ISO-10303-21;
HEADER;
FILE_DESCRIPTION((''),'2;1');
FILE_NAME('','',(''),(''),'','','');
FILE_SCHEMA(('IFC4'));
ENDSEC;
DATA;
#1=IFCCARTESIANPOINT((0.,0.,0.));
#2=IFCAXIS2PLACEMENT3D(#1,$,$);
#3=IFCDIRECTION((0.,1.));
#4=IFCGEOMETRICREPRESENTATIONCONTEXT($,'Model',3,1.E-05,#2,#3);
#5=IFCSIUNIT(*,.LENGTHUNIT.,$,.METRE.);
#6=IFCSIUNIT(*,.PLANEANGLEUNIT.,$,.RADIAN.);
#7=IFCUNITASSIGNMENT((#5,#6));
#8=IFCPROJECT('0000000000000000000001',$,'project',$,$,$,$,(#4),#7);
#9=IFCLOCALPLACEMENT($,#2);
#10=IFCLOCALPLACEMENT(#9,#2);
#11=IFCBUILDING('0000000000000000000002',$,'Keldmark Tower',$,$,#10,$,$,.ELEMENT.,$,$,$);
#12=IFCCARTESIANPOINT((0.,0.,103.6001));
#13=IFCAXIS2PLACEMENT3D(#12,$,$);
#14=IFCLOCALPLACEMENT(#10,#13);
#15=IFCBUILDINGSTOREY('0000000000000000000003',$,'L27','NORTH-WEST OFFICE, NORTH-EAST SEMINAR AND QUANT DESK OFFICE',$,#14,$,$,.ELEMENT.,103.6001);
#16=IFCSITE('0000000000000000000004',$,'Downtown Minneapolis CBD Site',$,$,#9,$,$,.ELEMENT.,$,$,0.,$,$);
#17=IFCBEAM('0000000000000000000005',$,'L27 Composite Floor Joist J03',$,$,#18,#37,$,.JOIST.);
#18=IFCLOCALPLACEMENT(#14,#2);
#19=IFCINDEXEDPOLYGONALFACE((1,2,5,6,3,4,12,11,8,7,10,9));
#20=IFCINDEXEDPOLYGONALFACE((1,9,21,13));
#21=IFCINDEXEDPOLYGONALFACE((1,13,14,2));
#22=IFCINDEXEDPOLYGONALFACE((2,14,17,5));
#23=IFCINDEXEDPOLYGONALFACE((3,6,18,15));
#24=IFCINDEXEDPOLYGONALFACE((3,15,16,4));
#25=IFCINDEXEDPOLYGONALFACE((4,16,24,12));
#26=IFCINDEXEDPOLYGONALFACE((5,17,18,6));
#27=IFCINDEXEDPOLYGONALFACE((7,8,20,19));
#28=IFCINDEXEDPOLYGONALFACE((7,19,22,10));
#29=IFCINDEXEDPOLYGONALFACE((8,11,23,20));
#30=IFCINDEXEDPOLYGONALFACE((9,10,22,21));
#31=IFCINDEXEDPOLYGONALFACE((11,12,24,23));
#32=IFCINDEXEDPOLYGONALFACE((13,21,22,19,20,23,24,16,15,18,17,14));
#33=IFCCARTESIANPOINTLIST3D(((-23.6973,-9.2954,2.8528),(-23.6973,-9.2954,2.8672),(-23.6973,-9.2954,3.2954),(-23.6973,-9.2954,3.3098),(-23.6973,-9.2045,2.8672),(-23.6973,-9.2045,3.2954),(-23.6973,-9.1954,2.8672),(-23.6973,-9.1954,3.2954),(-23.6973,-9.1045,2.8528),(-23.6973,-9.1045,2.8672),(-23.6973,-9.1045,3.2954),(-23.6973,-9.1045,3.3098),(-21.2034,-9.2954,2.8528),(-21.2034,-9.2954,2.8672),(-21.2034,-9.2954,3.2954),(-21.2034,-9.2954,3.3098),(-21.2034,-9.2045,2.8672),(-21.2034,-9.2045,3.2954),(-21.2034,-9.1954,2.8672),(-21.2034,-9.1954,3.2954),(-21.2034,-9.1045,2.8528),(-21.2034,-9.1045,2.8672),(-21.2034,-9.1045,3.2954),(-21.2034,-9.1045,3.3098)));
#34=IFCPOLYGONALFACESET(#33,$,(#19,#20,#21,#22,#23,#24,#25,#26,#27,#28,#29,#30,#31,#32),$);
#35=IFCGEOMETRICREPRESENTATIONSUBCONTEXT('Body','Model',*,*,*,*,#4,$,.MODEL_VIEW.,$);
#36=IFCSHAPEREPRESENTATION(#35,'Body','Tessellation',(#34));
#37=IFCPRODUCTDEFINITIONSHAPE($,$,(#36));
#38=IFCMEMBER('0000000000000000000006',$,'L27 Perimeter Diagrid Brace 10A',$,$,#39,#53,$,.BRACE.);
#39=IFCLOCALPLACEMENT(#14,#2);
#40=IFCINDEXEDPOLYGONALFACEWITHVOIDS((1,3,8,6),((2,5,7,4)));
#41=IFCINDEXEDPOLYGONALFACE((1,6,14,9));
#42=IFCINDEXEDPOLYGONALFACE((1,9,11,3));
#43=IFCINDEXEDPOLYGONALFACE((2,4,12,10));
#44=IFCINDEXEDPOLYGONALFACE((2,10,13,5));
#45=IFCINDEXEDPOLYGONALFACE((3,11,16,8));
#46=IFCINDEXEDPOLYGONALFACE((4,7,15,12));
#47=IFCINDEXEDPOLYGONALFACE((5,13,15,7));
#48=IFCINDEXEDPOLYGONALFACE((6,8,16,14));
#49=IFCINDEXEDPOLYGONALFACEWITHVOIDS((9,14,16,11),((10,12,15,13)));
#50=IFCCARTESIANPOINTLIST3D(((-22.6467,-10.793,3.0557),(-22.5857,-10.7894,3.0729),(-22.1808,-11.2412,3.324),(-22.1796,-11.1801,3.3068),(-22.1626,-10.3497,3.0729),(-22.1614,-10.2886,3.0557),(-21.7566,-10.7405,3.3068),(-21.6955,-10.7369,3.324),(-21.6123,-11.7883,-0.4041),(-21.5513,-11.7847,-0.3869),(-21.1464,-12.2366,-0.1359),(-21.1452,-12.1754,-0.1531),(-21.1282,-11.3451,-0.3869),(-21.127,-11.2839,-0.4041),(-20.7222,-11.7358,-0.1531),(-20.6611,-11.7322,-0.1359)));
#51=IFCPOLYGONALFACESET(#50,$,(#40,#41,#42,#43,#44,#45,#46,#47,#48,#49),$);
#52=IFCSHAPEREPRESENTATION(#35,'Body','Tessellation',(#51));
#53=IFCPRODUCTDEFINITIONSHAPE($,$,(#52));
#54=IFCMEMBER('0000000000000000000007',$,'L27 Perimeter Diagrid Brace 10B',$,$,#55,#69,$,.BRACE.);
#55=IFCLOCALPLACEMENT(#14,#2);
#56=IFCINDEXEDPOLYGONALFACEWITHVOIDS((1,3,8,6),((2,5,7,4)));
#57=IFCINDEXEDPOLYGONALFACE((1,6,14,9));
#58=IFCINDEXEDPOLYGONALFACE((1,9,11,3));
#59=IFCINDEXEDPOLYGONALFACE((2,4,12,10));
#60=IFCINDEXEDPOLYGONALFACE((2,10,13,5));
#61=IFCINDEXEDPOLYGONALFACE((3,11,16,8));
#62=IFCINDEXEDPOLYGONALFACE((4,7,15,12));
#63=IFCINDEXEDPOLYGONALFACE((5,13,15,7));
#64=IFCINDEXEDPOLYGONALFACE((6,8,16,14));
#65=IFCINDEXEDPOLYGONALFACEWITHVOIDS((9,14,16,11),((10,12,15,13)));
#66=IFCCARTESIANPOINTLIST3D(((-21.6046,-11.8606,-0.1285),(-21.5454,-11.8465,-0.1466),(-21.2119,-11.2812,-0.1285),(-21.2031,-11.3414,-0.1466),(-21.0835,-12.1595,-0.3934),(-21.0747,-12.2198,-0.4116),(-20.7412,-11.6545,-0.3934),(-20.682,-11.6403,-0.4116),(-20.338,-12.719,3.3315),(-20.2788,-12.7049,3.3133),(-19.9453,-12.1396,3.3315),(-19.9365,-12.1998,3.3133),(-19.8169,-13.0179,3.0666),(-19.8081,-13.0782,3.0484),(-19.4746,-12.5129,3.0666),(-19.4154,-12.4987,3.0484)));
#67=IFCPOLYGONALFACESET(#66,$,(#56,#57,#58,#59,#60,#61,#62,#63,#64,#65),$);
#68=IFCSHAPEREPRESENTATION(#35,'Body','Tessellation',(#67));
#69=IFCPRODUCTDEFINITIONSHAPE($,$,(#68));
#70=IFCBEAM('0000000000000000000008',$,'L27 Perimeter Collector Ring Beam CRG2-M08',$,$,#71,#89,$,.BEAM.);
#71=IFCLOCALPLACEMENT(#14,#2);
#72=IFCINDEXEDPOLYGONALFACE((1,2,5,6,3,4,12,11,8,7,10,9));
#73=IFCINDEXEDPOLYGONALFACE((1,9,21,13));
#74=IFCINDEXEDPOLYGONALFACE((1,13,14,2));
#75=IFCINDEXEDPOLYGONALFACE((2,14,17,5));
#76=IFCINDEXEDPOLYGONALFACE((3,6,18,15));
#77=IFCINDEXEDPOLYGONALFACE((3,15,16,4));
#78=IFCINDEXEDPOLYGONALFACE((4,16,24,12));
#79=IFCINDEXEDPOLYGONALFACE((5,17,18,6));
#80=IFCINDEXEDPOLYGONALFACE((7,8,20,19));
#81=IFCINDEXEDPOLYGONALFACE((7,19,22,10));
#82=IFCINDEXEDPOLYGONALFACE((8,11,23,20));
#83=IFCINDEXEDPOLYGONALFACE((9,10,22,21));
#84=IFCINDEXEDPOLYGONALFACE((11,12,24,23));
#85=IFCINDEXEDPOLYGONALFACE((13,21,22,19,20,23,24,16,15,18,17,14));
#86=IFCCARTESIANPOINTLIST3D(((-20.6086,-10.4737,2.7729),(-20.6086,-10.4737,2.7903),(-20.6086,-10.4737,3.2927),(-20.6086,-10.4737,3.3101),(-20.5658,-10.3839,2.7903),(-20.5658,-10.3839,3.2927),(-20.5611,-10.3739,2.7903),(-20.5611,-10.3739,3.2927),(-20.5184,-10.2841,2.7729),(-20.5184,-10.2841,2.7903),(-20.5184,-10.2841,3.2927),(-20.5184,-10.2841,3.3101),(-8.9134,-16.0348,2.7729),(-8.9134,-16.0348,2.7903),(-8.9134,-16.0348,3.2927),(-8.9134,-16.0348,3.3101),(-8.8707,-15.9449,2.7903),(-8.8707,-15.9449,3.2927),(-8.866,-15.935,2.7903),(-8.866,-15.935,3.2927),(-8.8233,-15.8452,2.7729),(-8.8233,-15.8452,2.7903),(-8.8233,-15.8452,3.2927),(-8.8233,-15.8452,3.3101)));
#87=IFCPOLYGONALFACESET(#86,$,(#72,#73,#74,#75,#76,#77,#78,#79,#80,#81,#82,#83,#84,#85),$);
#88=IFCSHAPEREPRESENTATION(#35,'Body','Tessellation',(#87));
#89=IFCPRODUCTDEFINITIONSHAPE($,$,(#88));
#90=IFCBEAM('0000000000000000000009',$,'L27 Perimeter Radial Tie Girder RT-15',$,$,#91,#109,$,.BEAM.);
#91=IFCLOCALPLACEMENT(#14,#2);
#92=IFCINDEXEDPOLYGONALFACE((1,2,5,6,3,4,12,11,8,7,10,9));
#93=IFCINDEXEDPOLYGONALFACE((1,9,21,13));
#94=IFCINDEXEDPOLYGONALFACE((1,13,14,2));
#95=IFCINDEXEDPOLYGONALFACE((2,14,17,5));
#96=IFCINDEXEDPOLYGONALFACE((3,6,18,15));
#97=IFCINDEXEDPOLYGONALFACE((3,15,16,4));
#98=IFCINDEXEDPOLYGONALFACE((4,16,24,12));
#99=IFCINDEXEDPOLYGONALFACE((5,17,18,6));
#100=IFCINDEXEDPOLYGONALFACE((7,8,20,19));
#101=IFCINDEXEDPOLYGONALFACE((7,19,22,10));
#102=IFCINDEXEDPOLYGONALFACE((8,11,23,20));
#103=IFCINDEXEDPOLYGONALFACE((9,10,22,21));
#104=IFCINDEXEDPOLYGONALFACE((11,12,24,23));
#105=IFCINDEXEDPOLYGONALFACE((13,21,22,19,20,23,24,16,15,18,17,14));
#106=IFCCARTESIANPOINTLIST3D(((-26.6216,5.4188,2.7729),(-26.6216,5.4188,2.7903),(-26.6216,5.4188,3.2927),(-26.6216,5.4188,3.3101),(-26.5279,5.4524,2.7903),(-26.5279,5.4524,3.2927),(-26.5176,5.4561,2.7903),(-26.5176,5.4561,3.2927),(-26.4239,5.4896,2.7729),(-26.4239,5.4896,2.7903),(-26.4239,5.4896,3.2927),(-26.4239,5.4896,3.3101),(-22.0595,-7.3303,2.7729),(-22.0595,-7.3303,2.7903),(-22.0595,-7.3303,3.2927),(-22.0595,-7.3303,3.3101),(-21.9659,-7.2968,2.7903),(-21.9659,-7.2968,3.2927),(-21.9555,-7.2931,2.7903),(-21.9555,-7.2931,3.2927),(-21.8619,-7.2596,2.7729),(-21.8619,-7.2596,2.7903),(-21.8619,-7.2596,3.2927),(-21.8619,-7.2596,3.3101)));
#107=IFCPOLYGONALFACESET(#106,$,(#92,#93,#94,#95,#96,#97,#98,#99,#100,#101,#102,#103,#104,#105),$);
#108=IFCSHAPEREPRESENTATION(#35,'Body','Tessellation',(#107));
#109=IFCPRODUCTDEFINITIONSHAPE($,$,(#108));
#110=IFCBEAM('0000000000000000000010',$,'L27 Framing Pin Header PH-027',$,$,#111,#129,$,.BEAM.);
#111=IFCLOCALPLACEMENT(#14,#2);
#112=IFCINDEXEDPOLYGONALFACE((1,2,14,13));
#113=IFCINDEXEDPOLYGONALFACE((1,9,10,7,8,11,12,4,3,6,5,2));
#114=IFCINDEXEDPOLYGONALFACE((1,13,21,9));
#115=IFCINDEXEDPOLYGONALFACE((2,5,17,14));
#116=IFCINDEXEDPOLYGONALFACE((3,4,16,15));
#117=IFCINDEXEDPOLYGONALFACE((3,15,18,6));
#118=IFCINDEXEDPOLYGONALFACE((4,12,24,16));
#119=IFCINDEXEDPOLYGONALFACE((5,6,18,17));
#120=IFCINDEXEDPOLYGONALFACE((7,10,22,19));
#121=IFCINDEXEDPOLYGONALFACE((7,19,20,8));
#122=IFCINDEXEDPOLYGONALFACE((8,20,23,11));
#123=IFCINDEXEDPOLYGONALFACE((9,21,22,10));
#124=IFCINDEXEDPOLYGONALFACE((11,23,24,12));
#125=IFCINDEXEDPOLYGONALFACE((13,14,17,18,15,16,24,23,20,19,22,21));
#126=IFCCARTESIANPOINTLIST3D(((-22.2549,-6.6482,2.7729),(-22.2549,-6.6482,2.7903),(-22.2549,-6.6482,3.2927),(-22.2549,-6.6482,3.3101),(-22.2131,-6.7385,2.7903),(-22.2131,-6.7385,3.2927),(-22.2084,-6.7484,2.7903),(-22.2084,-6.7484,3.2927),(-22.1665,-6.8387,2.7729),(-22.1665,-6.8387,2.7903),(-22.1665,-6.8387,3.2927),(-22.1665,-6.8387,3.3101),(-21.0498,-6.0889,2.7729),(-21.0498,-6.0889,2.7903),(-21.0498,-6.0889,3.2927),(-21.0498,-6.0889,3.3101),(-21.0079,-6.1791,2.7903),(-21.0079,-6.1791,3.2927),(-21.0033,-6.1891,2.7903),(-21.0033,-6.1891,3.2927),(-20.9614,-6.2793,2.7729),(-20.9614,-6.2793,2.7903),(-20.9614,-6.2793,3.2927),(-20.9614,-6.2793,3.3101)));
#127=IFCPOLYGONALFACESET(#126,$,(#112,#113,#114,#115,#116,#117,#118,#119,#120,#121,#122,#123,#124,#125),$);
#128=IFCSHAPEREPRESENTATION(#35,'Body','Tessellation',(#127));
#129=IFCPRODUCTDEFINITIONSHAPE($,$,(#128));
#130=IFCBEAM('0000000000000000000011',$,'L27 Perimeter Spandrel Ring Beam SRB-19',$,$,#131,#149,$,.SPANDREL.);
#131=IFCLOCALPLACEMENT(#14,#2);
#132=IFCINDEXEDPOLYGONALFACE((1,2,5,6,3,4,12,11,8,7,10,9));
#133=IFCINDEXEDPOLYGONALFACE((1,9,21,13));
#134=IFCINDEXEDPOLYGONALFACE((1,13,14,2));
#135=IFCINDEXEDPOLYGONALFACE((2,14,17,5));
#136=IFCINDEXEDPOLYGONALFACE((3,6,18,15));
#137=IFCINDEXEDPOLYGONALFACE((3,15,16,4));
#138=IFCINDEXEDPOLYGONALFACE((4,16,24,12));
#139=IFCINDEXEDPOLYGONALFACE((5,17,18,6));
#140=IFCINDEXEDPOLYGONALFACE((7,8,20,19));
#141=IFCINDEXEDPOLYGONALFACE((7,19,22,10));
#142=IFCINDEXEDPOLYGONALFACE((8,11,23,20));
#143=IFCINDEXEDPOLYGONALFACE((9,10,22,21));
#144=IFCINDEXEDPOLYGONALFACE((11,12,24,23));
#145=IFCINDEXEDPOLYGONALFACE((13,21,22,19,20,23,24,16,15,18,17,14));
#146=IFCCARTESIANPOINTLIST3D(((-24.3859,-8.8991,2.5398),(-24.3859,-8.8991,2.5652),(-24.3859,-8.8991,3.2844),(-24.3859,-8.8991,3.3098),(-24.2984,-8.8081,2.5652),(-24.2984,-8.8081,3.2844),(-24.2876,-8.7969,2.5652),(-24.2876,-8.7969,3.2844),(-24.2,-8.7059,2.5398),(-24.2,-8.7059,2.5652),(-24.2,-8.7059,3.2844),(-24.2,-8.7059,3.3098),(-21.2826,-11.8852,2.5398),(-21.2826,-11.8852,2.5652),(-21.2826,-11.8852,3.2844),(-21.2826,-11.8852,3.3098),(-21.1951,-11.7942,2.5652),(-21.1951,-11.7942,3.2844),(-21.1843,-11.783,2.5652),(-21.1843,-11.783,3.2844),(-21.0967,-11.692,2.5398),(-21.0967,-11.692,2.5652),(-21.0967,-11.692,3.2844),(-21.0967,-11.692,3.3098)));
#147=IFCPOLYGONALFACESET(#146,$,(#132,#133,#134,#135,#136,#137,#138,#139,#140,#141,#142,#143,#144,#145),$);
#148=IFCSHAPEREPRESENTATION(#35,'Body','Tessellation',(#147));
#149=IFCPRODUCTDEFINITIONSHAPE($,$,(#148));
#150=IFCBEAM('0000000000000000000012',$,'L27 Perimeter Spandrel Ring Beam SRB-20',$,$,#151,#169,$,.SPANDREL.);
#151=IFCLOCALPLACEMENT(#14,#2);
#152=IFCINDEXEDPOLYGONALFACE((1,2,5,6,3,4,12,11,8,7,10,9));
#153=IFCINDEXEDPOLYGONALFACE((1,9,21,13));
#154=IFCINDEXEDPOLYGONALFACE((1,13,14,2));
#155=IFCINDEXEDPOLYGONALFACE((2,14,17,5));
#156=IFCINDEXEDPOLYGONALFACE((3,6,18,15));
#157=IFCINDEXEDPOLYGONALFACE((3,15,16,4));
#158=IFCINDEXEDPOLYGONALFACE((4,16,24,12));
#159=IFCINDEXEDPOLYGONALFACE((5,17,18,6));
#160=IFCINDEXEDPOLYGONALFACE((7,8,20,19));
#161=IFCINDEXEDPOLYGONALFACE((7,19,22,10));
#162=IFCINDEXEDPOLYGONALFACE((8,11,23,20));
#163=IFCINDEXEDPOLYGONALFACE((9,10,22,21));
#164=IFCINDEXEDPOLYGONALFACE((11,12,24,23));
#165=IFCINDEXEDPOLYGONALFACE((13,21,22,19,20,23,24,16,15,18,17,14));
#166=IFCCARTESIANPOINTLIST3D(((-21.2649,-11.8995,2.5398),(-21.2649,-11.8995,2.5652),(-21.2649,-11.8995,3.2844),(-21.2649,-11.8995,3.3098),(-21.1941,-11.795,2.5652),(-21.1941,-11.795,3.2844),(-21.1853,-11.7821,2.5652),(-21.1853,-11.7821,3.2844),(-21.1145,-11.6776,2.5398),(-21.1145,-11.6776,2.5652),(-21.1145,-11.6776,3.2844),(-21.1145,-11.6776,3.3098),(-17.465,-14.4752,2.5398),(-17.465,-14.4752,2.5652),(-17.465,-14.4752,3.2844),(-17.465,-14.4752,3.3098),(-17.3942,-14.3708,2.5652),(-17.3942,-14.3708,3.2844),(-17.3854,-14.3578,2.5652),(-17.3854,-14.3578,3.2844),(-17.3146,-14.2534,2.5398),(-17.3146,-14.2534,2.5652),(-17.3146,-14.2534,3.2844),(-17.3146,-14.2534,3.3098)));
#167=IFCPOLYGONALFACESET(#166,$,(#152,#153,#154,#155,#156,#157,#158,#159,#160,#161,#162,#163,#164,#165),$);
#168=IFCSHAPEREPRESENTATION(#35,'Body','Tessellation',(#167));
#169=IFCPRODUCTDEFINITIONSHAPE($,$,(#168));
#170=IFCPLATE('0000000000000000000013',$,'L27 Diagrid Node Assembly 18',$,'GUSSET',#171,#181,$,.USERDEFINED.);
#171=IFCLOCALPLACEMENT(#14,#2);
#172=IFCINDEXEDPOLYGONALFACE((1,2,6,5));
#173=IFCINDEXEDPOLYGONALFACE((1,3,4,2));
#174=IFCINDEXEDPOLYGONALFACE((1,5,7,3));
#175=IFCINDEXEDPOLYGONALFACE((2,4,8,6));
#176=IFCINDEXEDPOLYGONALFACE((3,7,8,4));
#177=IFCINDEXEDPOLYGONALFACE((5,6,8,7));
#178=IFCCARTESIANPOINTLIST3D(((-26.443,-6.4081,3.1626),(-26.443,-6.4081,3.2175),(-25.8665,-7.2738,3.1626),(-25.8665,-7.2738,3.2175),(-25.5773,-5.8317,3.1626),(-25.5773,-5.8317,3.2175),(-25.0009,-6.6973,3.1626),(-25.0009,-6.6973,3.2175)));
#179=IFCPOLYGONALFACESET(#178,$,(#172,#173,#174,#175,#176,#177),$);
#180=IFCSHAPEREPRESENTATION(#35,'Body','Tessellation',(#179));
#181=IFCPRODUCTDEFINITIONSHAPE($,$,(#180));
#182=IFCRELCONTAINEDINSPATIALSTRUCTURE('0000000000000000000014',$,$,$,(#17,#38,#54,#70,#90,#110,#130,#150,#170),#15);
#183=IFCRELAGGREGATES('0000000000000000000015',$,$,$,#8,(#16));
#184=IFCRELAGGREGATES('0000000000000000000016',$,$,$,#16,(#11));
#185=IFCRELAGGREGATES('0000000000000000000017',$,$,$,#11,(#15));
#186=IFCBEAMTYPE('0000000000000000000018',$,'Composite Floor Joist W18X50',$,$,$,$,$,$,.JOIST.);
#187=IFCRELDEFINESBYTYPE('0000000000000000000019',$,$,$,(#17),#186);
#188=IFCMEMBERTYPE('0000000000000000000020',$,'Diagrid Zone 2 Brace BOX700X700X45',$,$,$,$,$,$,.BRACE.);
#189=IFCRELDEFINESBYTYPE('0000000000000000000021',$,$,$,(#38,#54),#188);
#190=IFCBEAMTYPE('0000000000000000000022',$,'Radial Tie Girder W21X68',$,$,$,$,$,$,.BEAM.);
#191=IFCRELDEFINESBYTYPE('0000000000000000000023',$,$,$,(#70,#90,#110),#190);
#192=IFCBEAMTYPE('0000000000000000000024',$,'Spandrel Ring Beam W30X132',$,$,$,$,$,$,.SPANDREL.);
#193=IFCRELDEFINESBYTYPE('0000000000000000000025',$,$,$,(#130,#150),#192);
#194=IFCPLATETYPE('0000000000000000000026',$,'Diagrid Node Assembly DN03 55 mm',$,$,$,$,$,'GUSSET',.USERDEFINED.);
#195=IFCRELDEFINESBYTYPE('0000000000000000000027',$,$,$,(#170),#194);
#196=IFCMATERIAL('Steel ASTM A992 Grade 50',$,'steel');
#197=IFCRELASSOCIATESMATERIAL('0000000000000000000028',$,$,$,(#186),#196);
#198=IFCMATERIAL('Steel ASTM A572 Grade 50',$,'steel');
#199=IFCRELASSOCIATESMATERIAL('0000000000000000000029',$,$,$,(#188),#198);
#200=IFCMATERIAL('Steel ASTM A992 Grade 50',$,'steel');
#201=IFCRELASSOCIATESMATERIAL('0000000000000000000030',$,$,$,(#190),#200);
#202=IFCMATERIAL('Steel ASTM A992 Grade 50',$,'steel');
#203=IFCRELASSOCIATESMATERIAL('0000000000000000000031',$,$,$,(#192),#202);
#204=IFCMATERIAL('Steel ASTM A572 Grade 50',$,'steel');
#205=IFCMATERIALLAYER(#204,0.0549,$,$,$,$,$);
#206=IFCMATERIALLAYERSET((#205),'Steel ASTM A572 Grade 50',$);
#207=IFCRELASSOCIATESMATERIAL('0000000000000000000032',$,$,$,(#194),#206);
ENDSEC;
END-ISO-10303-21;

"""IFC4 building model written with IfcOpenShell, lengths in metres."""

from ifc_helpers import new_model, si_unit, direction, frame, origin, origin_2d, place, context, subcontext, project, spatial, rectangle, hollow_rectangle, i_section, extrude, material, layer, layer_set, material_profile, profile_set, type_object, element, save


model = new_model("IFC4")

# Units and contexts
model_context = context("Model", 3, precision=1e-05, world=origin(), true_north=direction((0.0, 1.0)))
body_context = subcontext(model_context, "Body", "Model", "MODEL_VIEW")
ifc_project = project(units=[si_unit("LENGTHUNIT", "METRE"), si_unit("PLANEANGLEUNIT", "RADIAN")], contexts=[model_context])

# Site, building, storey
site_placement = place(None, origin())
site = spatial("IfcSite", under=ifc_project, at=site_placement, Name="Downtown Minneapolis CBD Site", CompositionType="ELEMENT", RefElevation=0.0)
building_placement = place(site_placement, origin())
building = spatial("IfcBuilding", under=site, at=building_placement, Name="Keldmark Tower", CompositionType="ELEMENT")
storey_placement = place(building_placement, frame((0.0, 0.0, 103.6001)))
storey = spatial("IfcBuildingStorey", under=building, at=storey_placement, Name="L27", Description="NORTH-WEST OFFICE, NORTH-EAST SEMINAR AND QUANT DESK OFFICE", CompositionType="ELEMENT", Elevation=103.6001)

# Beam
ifc_material_1 = material(Name="Steel ASTM A992 Grade 50", Category="steel")
ifc_material_profile_1 = material_profile(ifc_material_1, i_section(OverallWidth=0.1909, OverallDepth=0.457, WebThickness=0.009, FlangeThickness=0.0144, at=origin_2d()), Name="W18X50")
ifc_profile_set_1 = profile_set([ifc_material_profile_1], Name="Steel ASTM A992 Grade 50")
beam_type_1 = type_object("IfcBeamType", Name="Composite Floor Joist W18X50", PredefinedType="JOIST", material=ifc_profile_set_1)
beam_1_placement = place(storey_placement, frame((-23.6973, -9.2, 3.0813), z_axis=(1.0, 0.0, 0.0), x_axis=(0.0, 1.0, 0.0)))
element("IfcBeam", 1, at=beam_1_placement, inside=storey, type_object=beam_type_1, Name="L27 Composite Floor Joist J03", PredefinedType="JOIST", context=body_context, shape_type="SweptSolid", body=[
    extrude(i_section(OverallWidth=0.1909, OverallDepth=0.457, WebThickness=0.009, FlangeThickness=0.0144, at=origin_2d()), origin(), (0.0, 0.0, 1.0), 2.4939),
])

# Members
ifc_material_2 = material(Name="Steel ASTM A572 Grade 50", Category="steel")
ifc_material_profile_2 = material_profile(ifc_material_2, hollow_rectangle(XDim=0.7, YDim=0.7, WallThickness=0.0449, at=origin_2d()), Name="BOX700X700X45")
ifc_profile_set_2 = profile_set([ifc_material_profile_2], Name="Steel ASTM A572 Grade 50")
member_type = type_object("IfcMemberType", Name="Diagrid Zone 2 Brace BOX700X700X45", PredefinedType="BRACE", material=ifc_profile_set_2)
member_1_placement = place(storey_placement, frame((-21.1367, -11.7603, -0.27), z_axis=(-0.276145, 0.265717, 0.923655), x_axis=(-0.69337, -0.720581, 0.0)))
element("IfcMember", 2, at=member_1_placement, inside=storey, type_object=member_type, Name="L27 Perimeter Diagrid Brace 10A", PredefinedType="BRACE", context=body_context, shape_type="SweptSolid", body=[
    extrude(hollow_rectangle(XDim=0.7, YDim=0.7, WallThickness=0.0449, at=origin_2d()), origin(), (0.0, 0.0, 1.0), 3.7458),
])
member_2_placement = place(storey_placement, frame((-21.1433, -11.7505, -0.27), z_axis=(0.334798, -0.226899, 0.914564), x_axis=(0.561017, 0.827804, 0.0)))
element("IfcMember", 3, at=member_2_placement, inside=storey, type_object=member_type, Name="L27 Perimeter Diagrid Brace 10B", PredefinedType="BRACE", context=body_context, shape_type="SweptSolid", body=[
    extrude(hollow_rectangle(XDim=0.7, YDim=0.7, WallThickness=0.0449, at=origin_2d()), origin(), (0.0, 0.0, 1.0), 3.7832),
])

# Beams
ifc_material_3 = material(Name="Steel ASTM A992 Grade 50", Category="steel")
ifc_material_profile_3 = material_profile(ifc_material_3, i_section(OverallWidth=0.21, OverallDepth=0.5371, WebThickness=0.011, FlangeThickness=0.0173, at=origin_2d()), Name="W21X68")
ifc_profile_set_3 = profile_set([ifc_material_profile_3], Name="Steel ASTM A992 Grade 50")
beam_type_2 = type_object("IfcBeamType", Name="Radial Tie Girder W21X68", PredefinedType="BEAM", material=ifc_profile_set_3)
beam_2_placement = place(storey_placement, frame((-20.5635, -10.3789, 3.0415), z_axis=(0.903102, -0.429427, 0.0), x_axis=(0.429427, 0.903102, 0.0)))
element("IfcBeam", 4, at=beam_2_placement, inside=storey, type_object=beam_type_2, Name="L27 Perimeter Collector Ring Beam CRG2-M08", PredefinedType="BEAM", context=body_context, shape_type="SweptSolid", body=[
    extrude(i_section(OverallWidth=0.21, OverallDepth=0.5371, WebThickness=0.011, FlangeThickness=0.0173, at=origin_2d()), origin(), (0.0, 0.0, 1.0), 12.95),
])
beam_3_placement = place(storey_placement, frame((-21.9607, -7.2949, 3.0415), z_axis=(-0.336912, 0.941536, 0.0), x_axis=(-0.941536, -0.336912, 0.0)))
element("IfcBeam", 5, at=beam_3_placement, inside=storey, type_object=beam_type_2, Name="L27 Perimeter Radial Tie Girder RT-15", PredefinedType="BEAM", context=body_context, shape_type="SweptSolid", body=[
    extrude(i_section(OverallWidth=0.21, OverallDepth=0.5371, WebThickness=0.011, FlangeThickness=0.0173, at=origin_2d()), origin(), (0.0, 0.0, 1.0), 13.5408),
])
beam_4_placement = place(storey_placement, frame((-21.0056, -6.1841, 3.0415), z_axis=(-0.907059, -0.421003, 0.0), x_axis=(0.421003, -0.907059, 0.0)))
element("IfcBeam", 6, at=beam_4_placement, inside=storey, type_object=beam_type_2, Name="L27 Framing Pin Header PH-027", PredefinedType="BEAM", context=body_context, shape_type="SweptSolid", body=[
    extrude(i_section(OverallWidth=0.21, OverallDepth=0.5371, WebThickness=0.011, FlangeThickness=0.0173, at=origin_2d()), origin(), (0.0, 0.0, 1.0), 1.3286),
])
ifc_material_4 = material(Name="Steel ASTM A992 Grade 50", Category="steel")
ifc_material_profile_4 = material_profile(ifc_material_4, i_section(OverallWidth=0.2681, OverallDepth=0.77, WebThickness=0.0156, FlangeThickness=0.0254, at=origin_2d()), Name="W30X132")
ifc_profile_set_4 = profile_set([ifc_material_profile_4], Name="Steel ASTM A992 Grade 50")
beam_type_3 = type_object("IfcBeamType", Name="Spandrel Ring Beam W30X132", PredefinedType="SPANDREL", material=ifc_profile_set_4)
beam_5_placement = place(storey_placement, frame((-24.293, -8.8025, 2.9248), z_axis=(0.720581, -0.69337, 0.0), x_axis=(0.69337, 0.720581, 0.0)))
element("IfcBeam", 7, at=beam_5_placement, inside=storey, type_object=beam_type_3, Name="L27 Perimeter Spandrel Ring Beam SRB-19", PredefinedType="SPANDREL", context=body_context, shape_type="SweptSolid", body=[
    extrude(i_section(OverallWidth=0.2681, OverallDepth=0.77, WebThickness=0.0156, FlangeThickness=0.0254, at=origin_2d()), origin(), (0.0, 0.0, 1.0), 4.3066),
])
beam_6_placement = place(storey_placement, frame((-21.1897, -11.7886, 2.9248), z_axis=(0.827755, -0.56109, 0.0), x_axis=(0.56109, 0.827755, 0.0)))
element("IfcBeam", 8, at=beam_6_placement, inside=storey, type_object=beam_type_3, Name="L27 Perimeter Spandrel Ring Beam SRB-20", PredefinedType="SPANDREL", context=body_context, shape_type="SweptSolid", body=[
    extrude(i_section(OverallWidth=0.2681, OverallDepth=0.77, WebThickness=0.0156, FlangeThickness=0.0254, at=origin_2d()), origin(), (0.0, 0.0, 1.0), 4.5906),
])

# Plate
ifc_material_5 = material(Name="Steel ASTM A572 Grade 50", Category="steel")
ifc_layer_1 = layer(ifc_material_5, 0.0549)
ifc_layer_set_1 = layer_set([ifc_layer_1], Name="Steel ASTM A572 Grade 50")
plate_type = type_object("IfcPlateType", Name="Diagrid Node Assembly DN03 55 mm", ElementType="GUSSET", PredefinedType="USERDEFINED", material=ifc_layer_set_1)
for number, where, z_axis, x_axis, name in (
    (9, (-25.7219, -6.5527, 3.1626), (0.0, 0.0, 1.0), (0.554263, -0.832341, 0.0), "L27 Diagrid Node Assembly 18"),
):
    element("IfcPlate", number, at=place(storey_placement, frame(where, z_axis=z_axis, x_axis=x_axis)), inside=storey, type_object=plate_type, Name=name, ObjectType="GUSSET", PredefinedType="USERDEFINED", context=body_context, shape_type="SweptSolid", body=[
        extrude(rectangle(XDim=1.04, YDim=1.04, at=origin_2d()), origin(), (0.0, 0.0, 1.0), 0.0549),
    ])

save(model, "model.ifc")
